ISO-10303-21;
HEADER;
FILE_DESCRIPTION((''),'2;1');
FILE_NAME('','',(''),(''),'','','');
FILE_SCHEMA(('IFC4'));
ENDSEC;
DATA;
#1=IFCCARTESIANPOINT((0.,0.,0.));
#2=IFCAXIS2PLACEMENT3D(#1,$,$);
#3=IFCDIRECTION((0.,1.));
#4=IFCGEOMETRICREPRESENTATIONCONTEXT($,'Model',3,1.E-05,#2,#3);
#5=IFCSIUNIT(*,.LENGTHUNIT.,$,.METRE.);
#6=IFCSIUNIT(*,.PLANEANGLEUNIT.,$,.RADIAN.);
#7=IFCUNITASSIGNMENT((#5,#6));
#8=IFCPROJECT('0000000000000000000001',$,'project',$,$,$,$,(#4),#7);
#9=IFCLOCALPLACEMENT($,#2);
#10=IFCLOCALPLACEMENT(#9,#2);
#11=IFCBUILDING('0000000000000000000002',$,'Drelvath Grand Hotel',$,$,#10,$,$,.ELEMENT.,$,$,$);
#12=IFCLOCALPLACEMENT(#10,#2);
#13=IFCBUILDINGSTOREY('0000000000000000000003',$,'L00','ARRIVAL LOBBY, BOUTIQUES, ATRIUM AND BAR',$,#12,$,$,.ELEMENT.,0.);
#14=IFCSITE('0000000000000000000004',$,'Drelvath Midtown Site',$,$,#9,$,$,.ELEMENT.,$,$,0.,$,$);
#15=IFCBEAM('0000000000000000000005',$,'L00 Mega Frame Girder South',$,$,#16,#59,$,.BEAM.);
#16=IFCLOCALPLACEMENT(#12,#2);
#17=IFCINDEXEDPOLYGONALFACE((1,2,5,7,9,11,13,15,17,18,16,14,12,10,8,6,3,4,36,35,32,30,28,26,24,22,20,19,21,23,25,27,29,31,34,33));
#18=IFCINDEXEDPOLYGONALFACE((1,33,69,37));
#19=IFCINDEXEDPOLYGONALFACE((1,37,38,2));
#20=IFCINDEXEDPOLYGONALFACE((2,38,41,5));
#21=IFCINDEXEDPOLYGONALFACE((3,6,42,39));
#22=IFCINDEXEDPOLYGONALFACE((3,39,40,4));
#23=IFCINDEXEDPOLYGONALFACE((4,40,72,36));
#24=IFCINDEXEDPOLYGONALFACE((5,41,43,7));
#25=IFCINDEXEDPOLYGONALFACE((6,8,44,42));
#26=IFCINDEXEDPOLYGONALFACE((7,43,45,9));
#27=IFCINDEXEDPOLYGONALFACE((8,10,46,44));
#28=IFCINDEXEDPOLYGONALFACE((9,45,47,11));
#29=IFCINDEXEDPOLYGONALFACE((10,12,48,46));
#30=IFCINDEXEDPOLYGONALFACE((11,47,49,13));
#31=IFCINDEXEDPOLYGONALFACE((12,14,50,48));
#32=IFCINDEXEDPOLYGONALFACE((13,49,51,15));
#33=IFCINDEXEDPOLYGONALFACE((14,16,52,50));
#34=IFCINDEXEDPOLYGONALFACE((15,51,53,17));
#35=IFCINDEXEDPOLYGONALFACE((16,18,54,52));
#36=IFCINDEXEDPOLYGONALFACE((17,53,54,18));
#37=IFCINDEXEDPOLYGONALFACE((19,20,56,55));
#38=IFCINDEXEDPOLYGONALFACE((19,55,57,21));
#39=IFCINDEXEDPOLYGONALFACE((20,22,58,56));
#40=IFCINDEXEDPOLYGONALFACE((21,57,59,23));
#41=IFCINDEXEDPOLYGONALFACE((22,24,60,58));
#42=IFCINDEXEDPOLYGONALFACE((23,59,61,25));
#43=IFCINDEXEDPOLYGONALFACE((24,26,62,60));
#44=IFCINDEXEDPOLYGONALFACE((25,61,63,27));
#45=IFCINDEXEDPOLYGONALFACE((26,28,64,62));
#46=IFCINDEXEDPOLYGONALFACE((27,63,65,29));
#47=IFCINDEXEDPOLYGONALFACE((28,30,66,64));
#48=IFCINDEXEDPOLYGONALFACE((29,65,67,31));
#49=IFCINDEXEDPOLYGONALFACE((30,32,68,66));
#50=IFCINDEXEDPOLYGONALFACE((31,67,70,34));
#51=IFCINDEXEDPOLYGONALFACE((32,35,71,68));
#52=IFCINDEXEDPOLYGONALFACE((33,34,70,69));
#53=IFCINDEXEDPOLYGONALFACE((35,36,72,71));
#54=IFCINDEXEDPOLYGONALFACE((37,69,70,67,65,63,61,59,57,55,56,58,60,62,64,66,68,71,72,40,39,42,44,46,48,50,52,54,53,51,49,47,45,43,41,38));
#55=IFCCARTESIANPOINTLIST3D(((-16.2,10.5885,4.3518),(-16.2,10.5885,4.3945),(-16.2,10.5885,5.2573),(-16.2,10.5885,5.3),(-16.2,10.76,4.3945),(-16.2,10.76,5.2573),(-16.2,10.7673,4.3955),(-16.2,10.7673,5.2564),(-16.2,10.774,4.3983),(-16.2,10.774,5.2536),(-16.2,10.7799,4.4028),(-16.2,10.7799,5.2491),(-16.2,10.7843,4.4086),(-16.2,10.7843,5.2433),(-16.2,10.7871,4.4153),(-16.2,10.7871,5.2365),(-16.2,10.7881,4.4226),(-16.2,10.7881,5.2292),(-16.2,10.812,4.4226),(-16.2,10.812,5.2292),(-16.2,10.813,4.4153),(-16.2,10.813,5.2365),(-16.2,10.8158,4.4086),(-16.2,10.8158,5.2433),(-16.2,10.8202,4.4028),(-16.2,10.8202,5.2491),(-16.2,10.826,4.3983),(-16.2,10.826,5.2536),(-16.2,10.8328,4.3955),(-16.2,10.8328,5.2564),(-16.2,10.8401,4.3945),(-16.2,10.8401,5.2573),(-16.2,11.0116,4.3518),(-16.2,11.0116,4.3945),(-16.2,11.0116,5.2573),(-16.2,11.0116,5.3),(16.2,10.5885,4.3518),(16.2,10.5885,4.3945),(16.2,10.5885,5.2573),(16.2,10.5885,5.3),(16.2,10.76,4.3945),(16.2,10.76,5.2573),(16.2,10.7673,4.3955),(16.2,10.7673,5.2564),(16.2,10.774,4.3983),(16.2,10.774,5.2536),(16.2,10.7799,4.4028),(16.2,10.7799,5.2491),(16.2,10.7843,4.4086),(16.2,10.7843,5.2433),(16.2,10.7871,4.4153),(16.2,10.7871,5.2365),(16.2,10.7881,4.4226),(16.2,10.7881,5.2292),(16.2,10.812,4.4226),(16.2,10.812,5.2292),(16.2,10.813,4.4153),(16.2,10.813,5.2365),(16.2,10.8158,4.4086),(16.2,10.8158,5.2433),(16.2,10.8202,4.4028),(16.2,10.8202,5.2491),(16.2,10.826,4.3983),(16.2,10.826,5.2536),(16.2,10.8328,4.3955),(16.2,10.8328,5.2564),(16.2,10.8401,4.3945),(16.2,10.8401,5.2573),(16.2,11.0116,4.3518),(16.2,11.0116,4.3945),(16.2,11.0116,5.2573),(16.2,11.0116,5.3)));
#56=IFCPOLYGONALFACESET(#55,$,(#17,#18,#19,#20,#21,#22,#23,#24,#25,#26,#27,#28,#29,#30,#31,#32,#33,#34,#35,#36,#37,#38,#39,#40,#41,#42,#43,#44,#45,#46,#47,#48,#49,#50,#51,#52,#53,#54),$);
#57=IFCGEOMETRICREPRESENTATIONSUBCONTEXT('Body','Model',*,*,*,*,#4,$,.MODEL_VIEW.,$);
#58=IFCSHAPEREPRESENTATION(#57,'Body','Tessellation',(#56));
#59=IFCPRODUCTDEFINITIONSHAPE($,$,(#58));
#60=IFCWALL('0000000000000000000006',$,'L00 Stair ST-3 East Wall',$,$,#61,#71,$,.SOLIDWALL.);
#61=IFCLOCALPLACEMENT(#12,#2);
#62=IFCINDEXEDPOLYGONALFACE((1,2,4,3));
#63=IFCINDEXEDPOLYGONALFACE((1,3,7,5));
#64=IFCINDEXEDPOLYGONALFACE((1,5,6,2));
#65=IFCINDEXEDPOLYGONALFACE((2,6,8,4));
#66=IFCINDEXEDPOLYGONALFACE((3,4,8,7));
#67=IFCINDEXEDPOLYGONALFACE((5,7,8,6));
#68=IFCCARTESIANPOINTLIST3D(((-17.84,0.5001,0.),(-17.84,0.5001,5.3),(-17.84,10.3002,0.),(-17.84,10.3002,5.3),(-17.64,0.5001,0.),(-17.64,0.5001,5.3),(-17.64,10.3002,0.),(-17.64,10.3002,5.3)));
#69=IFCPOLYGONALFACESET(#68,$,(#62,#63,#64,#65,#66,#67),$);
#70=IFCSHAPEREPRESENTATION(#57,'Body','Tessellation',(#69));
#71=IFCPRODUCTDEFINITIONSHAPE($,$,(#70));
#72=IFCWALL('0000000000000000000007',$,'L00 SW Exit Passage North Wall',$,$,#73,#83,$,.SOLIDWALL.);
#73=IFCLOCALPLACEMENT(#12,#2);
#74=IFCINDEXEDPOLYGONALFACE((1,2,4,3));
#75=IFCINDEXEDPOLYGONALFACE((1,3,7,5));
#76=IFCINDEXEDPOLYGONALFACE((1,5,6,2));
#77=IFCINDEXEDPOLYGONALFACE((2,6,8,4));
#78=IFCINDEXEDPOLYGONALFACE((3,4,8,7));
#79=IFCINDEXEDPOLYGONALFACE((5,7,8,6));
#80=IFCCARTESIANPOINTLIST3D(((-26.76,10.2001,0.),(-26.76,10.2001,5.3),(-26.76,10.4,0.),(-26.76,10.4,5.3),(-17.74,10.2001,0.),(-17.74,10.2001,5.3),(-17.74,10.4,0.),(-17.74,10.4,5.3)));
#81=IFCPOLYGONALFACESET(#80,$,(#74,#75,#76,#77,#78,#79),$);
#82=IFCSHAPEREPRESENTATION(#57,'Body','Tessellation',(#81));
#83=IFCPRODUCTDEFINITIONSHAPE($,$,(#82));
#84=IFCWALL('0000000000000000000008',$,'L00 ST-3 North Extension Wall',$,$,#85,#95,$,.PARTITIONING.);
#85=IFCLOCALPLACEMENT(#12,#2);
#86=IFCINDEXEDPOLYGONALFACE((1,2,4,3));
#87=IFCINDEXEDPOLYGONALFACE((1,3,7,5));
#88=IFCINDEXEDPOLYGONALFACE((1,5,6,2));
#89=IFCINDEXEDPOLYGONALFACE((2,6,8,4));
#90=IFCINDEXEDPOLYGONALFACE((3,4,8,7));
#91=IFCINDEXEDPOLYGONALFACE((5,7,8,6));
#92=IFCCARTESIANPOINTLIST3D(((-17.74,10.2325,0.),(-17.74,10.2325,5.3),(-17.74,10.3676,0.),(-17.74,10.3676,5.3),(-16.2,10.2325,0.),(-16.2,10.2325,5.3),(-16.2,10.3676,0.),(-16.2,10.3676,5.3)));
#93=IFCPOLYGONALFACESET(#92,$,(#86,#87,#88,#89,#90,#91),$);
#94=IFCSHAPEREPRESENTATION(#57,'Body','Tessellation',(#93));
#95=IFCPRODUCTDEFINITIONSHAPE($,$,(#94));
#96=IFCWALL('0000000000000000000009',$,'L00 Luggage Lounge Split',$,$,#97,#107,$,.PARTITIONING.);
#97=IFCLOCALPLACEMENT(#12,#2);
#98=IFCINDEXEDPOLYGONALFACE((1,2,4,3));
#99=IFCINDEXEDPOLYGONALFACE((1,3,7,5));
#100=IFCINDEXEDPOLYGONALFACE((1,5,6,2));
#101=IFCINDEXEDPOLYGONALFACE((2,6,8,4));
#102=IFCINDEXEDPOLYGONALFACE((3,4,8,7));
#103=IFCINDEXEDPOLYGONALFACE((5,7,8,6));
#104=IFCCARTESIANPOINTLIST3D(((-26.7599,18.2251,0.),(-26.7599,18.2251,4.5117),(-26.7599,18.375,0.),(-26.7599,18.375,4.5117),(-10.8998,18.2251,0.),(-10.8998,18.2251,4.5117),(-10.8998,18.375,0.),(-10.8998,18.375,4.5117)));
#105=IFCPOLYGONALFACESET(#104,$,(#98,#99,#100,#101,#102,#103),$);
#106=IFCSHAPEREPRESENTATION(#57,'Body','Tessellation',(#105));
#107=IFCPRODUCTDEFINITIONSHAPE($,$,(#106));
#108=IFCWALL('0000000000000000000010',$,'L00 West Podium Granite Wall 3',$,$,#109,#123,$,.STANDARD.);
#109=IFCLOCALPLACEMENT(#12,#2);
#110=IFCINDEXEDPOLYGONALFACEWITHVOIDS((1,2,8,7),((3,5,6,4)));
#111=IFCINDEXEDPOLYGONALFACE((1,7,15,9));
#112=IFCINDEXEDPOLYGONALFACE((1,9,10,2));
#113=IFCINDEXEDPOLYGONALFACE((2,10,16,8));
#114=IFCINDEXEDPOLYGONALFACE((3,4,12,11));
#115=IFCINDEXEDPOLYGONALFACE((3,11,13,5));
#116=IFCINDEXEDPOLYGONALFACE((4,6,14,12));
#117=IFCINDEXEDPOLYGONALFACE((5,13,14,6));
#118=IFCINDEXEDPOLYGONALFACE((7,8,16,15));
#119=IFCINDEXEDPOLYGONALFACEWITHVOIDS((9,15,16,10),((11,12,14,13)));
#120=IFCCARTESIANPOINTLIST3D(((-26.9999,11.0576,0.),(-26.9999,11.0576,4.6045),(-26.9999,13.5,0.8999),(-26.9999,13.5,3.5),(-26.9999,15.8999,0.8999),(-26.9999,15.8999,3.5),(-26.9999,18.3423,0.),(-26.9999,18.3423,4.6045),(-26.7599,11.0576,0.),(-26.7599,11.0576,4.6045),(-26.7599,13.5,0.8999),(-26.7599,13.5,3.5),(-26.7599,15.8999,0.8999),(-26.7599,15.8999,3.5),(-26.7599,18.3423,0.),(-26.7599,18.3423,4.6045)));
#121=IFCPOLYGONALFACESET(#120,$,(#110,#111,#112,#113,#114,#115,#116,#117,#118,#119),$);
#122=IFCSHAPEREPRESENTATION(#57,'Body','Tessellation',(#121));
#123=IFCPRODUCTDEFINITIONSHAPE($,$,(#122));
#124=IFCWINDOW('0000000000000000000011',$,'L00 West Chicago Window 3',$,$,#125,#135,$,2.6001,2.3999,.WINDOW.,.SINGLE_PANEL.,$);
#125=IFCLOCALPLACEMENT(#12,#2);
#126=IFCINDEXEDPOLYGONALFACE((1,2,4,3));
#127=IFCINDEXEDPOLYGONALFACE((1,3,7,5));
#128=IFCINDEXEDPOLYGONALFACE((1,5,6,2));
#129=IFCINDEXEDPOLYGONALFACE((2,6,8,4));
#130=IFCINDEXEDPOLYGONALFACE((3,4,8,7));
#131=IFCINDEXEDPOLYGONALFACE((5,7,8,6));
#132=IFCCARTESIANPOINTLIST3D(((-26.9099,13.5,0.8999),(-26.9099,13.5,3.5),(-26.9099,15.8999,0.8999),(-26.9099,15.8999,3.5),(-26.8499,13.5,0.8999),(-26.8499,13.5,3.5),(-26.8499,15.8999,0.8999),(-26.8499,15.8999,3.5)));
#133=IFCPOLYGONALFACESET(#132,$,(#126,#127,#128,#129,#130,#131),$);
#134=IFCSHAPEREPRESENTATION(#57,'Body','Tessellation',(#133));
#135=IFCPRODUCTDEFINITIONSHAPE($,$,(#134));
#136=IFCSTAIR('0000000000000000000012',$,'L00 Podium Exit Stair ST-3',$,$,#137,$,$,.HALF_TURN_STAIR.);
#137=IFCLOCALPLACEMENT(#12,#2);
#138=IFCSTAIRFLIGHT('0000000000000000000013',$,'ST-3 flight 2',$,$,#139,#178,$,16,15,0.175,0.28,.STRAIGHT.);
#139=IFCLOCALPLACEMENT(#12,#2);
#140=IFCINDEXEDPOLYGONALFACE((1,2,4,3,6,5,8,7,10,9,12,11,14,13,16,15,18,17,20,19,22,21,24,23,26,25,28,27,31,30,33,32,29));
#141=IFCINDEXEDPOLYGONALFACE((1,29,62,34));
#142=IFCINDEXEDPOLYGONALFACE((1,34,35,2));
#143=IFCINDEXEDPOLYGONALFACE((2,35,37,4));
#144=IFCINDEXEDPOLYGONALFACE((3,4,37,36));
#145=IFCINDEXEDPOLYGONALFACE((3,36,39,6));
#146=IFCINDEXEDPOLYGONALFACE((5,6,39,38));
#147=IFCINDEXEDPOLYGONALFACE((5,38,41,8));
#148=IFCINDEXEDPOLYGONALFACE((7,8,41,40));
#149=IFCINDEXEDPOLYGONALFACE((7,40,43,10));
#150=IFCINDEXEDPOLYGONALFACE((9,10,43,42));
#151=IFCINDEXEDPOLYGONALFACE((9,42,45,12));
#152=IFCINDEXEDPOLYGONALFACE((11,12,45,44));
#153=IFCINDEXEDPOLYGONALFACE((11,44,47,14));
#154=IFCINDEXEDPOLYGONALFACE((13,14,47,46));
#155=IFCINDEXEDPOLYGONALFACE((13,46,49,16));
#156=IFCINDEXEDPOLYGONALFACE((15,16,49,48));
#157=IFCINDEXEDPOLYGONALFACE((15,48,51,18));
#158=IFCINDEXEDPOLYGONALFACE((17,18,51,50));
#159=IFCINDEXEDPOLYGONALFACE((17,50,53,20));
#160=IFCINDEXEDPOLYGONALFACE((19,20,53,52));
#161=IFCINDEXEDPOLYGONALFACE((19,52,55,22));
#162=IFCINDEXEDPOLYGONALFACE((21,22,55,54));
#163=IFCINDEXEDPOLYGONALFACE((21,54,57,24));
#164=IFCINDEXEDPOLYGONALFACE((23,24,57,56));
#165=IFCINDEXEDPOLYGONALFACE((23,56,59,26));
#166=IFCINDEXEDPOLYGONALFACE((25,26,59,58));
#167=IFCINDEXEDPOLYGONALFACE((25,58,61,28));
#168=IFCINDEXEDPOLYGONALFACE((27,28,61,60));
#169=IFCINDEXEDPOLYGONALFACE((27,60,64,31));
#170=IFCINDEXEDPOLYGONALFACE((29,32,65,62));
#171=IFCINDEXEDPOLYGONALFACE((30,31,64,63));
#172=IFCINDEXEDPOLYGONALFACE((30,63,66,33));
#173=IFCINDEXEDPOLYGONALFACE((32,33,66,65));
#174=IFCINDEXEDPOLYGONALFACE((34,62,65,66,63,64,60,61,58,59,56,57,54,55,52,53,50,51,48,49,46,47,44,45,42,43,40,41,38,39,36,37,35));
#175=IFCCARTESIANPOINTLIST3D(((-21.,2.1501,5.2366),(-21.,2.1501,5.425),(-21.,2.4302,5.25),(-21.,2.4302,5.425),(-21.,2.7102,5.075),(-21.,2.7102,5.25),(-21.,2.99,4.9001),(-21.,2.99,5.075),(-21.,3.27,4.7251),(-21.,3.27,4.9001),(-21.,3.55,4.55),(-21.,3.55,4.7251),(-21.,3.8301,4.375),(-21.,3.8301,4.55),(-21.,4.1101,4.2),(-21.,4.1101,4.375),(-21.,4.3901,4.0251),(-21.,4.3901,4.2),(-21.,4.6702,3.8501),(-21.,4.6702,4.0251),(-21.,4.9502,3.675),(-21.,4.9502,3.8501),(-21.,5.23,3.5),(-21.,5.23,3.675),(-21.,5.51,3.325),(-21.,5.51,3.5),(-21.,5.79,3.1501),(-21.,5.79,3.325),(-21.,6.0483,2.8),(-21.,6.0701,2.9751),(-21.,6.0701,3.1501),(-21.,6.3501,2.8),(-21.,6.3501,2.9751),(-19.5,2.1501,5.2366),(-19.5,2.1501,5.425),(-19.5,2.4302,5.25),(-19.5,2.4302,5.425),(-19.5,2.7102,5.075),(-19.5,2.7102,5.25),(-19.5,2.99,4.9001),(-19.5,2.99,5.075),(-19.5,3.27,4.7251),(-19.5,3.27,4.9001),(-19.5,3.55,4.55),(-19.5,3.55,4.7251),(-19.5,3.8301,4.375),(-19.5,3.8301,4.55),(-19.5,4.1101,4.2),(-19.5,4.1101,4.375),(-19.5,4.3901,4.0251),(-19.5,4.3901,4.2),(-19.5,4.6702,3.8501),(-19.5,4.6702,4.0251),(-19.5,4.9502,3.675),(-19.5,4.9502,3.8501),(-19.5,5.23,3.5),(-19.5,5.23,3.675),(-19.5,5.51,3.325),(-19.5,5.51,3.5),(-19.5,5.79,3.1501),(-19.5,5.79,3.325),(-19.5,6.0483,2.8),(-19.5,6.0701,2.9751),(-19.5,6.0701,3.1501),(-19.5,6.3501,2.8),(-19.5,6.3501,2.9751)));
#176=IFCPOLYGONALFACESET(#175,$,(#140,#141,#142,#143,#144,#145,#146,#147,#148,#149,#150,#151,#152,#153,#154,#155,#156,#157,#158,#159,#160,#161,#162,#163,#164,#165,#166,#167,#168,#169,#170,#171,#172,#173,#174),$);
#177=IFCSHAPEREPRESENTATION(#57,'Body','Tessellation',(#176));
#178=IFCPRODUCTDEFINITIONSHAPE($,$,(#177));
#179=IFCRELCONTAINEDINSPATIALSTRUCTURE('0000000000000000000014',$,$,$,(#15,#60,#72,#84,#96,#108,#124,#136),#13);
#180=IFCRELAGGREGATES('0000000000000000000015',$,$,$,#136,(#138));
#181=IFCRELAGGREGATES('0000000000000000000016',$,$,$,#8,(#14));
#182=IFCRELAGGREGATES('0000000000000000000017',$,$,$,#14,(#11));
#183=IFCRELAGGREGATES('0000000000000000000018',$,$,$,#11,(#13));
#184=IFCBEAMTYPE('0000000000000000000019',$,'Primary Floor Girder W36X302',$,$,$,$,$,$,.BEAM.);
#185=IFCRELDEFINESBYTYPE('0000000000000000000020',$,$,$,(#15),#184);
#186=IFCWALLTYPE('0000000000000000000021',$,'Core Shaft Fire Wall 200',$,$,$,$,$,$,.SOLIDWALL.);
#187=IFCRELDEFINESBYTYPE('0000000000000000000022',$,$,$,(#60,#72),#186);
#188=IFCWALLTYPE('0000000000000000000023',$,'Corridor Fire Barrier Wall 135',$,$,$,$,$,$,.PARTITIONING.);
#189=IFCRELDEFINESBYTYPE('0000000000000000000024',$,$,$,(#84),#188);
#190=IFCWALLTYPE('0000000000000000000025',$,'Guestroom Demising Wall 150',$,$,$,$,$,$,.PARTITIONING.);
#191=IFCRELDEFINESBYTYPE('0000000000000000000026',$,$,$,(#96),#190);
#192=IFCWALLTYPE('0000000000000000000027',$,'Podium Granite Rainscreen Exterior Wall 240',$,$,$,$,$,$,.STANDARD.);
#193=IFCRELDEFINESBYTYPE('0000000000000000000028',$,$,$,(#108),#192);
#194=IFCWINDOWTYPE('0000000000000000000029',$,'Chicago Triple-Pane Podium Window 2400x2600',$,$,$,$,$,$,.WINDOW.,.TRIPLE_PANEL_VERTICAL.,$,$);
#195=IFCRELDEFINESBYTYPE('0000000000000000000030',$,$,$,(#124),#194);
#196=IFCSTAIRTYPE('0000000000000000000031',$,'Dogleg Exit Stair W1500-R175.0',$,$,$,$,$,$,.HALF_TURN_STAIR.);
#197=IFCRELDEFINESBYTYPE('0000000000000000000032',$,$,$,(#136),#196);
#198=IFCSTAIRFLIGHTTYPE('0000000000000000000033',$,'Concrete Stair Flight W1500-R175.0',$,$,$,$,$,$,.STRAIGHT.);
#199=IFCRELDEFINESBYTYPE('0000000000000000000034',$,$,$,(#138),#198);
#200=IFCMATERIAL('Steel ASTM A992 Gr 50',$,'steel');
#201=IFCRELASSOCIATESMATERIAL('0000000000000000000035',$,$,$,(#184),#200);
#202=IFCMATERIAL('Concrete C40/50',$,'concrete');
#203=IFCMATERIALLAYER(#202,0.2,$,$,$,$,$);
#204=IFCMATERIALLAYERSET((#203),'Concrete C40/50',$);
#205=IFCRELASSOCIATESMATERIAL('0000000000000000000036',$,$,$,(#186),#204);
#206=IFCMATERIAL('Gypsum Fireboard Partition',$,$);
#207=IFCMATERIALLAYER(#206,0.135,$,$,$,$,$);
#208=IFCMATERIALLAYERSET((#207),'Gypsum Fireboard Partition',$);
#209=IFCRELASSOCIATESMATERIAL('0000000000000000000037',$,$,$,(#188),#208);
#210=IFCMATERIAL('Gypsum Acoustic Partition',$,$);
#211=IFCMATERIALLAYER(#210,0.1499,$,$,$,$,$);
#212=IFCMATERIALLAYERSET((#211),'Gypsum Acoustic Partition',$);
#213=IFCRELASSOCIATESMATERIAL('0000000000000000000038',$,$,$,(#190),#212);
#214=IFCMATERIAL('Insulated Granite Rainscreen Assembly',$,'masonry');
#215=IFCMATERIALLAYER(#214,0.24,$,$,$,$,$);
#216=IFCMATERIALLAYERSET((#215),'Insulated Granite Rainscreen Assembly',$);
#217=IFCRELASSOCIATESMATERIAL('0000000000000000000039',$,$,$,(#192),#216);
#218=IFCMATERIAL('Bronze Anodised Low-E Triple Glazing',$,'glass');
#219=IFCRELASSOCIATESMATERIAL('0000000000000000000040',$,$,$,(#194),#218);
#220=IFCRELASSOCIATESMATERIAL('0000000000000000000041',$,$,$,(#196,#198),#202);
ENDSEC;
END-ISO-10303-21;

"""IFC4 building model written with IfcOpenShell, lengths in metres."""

from ifc_helpers import new_model, si_unit, direction, frame, frame_2d, origin, origin_2d, place, context, subcontext, project, spatial, polyline, rectangle, i_section, outline, extrude, material, layer, layer_set, material_profile, profile_set, type_object, element, fill, aggregate, save


model = new_model("IFC4")

# Units and contexts
model_context = context("Model", 3, precision=1e-05, world=origin(), true_north=direction((0.0, 1.0)))
body_context = subcontext(model_context, "Body", "Model", "MODEL_VIEW")
ifc_project = project(units=[si_unit("LENGTHUNIT", "METRE"), si_unit("PLANEANGLEUNIT", "RADIAN")], contexts=[model_context])

# Site, building, storey
site_placement = place(None, origin())
site = spatial("IfcSite", under=ifc_project, at=site_placement, Name="Drelvath Midtown Site", CompositionType="ELEMENT", RefElevation=0.0)
building_placement = place(site_placement, origin())
building = spatial("IfcBuilding", under=site, at=building_placement, Name="Drelvath Grand Hotel", CompositionType="ELEMENT")
storey_placement = place(building_placement, origin())
storey = spatial("IfcBuildingStorey", under=building, at=storey_placement, Name="L00", Description="ARRIVAL LOBBY, BOUTIQUES, ATRIUM AND BAR", CompositionType="ELEMENT", Elevation=0.0)

# Beam
ifc_material_1 = material(Name="Steel ASTM A992 Gr 50", Category="steel")
ifc_material_profile_1 = material_profile(ifc_material_1, i_section(OverallWidth=0.4231, OverallDepth=0.9482, WebThickness=0.0239, FlangeThickness=0.0427, FilletRadius=0.0281, at=origin_2d()), Name="W36X302")
ifc_profile_set_1 = profile_set([ifc_material_profile_1], Name="Steel ASTM A992 Gr 50")
beam_type_1 = type_object("IfcBeamType", Name="Primary Floor Girder W36X302", PredefinedType="BEAM", material=ifc_profile_set_1)
beam_1_placement = place(storey_placement, frame((-16.2, 10.8, 4.8259), z_axis=(1.0, 0.0, 0.0), x_axis=(0.0, 1.0, 0.0)))
element("IfcBeam", 1, at=beam_1_placement, inside=storey, type_object=beam_type_1, Name="L00 Mega Frame Girder South", PredefinedType="BEAM", context=body_context, shape_type="SweptSolid", body=[
    extrude(i_section(OverallWidth=0.4231, OverallDepth=0.9482, WebThickness=0.0239, FlangeThickness=0.0427, FilletRadius=0.0281, at=origin_2d()), origin(), (0.0, 0.0, 1.0), 32.3999),
])

# Walls
ifc_material_2 = material(Name="Concrete C40/50", Category="concrete")
ifc_layer_1 = layer(ifc_material_2, 0.2)
ifc_layer_set_1 = layer_set([ifc_layer_1], Name="Concrete C40/50")
wall_type_1 = type_object("IfcWallType", Name="Core Shaft Fire Wall 200", PredefinedType="SOLIDWALL", material=ifc_layer_set_1)
wall_1_placement = place(storey_placement, frame((-17.74, 10.3, 0.0), z_axis=(0.0, 0.0, 1.0), x_axis=(0.0, -1.0, 0.0)))
element("IfcWall", 2, at=wall_1_placement, inside=storey, type_object=wall_type_1, Name="L00 Stair ST-3 East Wall", PredefinedType="SOLIDWALL", context=body_context, shape_type="SweptSolid", body=[
    extrude(rectangle(XDim=9.8, YDim=0.2, at=frame_2d((4.8999, 0.0))), origin(), (0.0, 0.0, 1.0), 5.3),
])
wall_2_placement = place(storey_placement, frame((-26.76, 10.3, 0.0), z_axis=(0.0, 0.0, 1.0), x_axis=(1.0, 0.0, 0.0)))
element("IfcWall", 3, at=wall_2_placement, inside=storey, type_object=wall_type_1, Name="L00 SW Exit Passage North Wall", PredefinedType="SOLIDWALL", context=body_context, shape_type="SweptSolid", body=[
    extrude(rectangle(XDim=9.02, YDim=0.2, at=frame_2d((4.51, 0.0))), origin(), (0.0, 0.0, 1.0), 5.3),
])
ifc_material_3 = material(Name="Gypsum Fireboard Partition")
ifc_layer_2 = layer(ifc_material_3, 0.135)
ifc_layer_set_2 = layer_set([ifc_layer_2], Name="Gypsum Fireboard Partition")
wall_type_2 = type_object("IfcWallType", Name="Corridor Fire Barrier Wall 135", PredefinedType="PARTITIONING", material=ifc_layer_set_2)
wall_3_placement = place(storey_placement, frame((-17.74, 10.3, 0.0), z_axis=(0.0, 0.0, 1.0), x_axis=(1.0, 0.0, 0.0)))
element("IfcWall", 4, at=wall_3_placement, inside=storey, type_object=wall_type_2, Name="L00 ST-3 North Extension Wall", PredefinedType="PARTITIONING", context=body_context, shape_type="SweptSolid", body=[
    extrude(rectangle(XDim=1.54, YDim=0.135, at=frame_2d((0.77, 0.0))), origin(), (0.0, 0.0, 1.0), 5.3),
])
ifc_material_4 = material(Name="Gypsum Acoustic Partition")
ifc_layer_3 = layer(ifc_material_4, 0.1499)
ifc_layer_set_3 = layer_set([ifc_layer_3], Name="Gypsum Acoustic Partition")
wall_type_3 = type_object("IfcWallType", Name="Guestroom Demising Wall 150", PredefinedType="PARTITIONING", material=ifc_layer_set_3)
wall_4_placement = place(storey_placement, frame((-26.76, 18.3, 0.0), z_axis=(0.0, 0.0, 1.0), x_axis=(1.0, 0.0, 0.0)))
element("IfcWall", 5, at=wall_4_placement, inside=storey, type_object=wall_type_3, Name="L00 Luggage Lounge Split", PredefinedType="PARTITIONING", context=body_context, shape_type="SweptSolid", body=[
    extrude(rectangle(XDim=15.8601, YDim=0.1499, at=frame_2d((7.9302, 0.0))), origin(), (0.0, 0.0, 1.0), 4.5117),
])

# Shared definitions
ifc_material_5 = material(Name="Insulated Granite Rainscreen Assembly", Category="masonry")
ifc_layer_4 = layer(ifc_material_5, 0.24)
ifc_layer_set_4 = layer_set([ifc_layer_4], Name="Insulated Granite Rainscreen Assembly")
wall_type_4 = type_object("IfcWallType", Name="Podium Granite Rainscreen Exterior Wall 240", PredefinedType="STANDARD", material=ifc_layer_set_4)

# Wall, opening, window
wall_5_placement = place(storey_placement, frame((-26.8799, 11.0576, 0.0), z_axis=(0.0, 0.0, 1.0), x_axis=(0.0, 1.0, 0.0)))
wall_5 = element("IfcWall", 6, at=wall_5_placement, inside=storey, type_object=wall_type_4, Name="L00 West Podium Granite Wall 3", PredefinedType="STANDARD", context=body_context, shape_type="SweptSolid", body=[
    extrude(rectangle(XDim=7.2847, YDim=0.24, at=frame_2d((3.6423, 0.0))), origin(), (0.0, 0.0, 1.0), 4.6045),
])
opening_1_placement = place(wall_5_placement, frame((2.4424, 0.0, 0.8999)))
opening_1 = element("IfcOpeningElement", 7, at=opening_1_placement, cuts=wall_5, PredefinedType="OPENING", context=body_context, shape_type="SweptSolid", body=[
    extrude(rectangle(XDim=2.3999, YDim=2.6001, at=frame_2d((1.2, 1.3))), frame((0.0, 0.1299, 0.0), z_axis=(0.0, -1.0, 0.0), x_axis=(1.0, 0.0, 0.0)), (0.0, 0.0, 1.0), 0.26),
])
ifc_material_6 = material(Name="Bronze Anodised Low-E Triple Glazing", Category="glass")
window_type = type_object("IfcWindowType", Name="Chicago Triple-Pane Podium Window 2400x2600", PartitioningType="TRIPLE_PANEL_VERTICAL", PredefinedType="WINDOW", material=ifc_material_6)
window_placement = place(opening_1_placement, origin())
window = element("IfcWindow", 8, at=window_placement, inside=storey, type_object=window_type, Name="L00 West Chicago Window 3", OverallHeight=2.6001, OverallWidth=2.3999, PartitioningType="SINGLE_PANEL", PredefinedType="WINDOW", context=body_context, shape_type="SweptSolid", body=[
    extrude(rectangle(XDim=2.3999, YDim=2.6001, at=frame_2d((1.2, 1.3))), frame((0.0, 0.03, 0.0), z_axis=(0.0, -1.0, 0.0), x_axis=(1.0, 0.0, 0.0)), (0.0, 0.0, 1.0), 0.0601),
])
fill(opening_1, window)

# Stair, stair flight
stair_type = type_object("IfcStairType", Name="Dogleg Exit Stair W1500-R175.0", PredefinedType="HALF_TURN_STAIR", material=ifc_material_2)
stair_placement = place(storey_placement, origin())
stair = element("IfcStair", 9, at=stair_placement, inside=storey, type_object=stair_type, Name="L00 Podium Exit Stair ST-3", PredefinedType="HALF_TURN_STAIR")
stair_flight_type = type_object("IfcStairFlightType", Name="Concrete Stair Flight W1500-R175.0", PredefinedType="STRAIGHT", material=ifc_material_2)
stair_flight_placement = place(storey_placement, frame((-20.25, 6.3501, 2.8), z_axis=(0.0, 0.0, 1.0), x_axis=(0.0, -1.0, 0.0)))
stair_flight = element("IfcStairFlight", 10, at=stair_flight_placement, type_object=stair_flight_type, Name="ST-3 flight 2", NumberOfRisers=16, NumberOfTreads=15, PredefinedType="STRAIGHT", RiserHeight=0.175, TreadLength=0.28, context=body_context, shape_type="SweptSolid", body=[
    extrude(outline(polyline([(0.0, 0.0), (0.0, 0.175), (0.28, 0.175), (0.28, 0.3501), (0.5601, 0.3501), (0.5601, 0.5249), (0.8401, 0.5249), (0.8401, 0.7), (1.1201, 0.7), (1.1201, 0.875), (1.3999, 0.875), (1.3999, 1.05), (1.6799, 1.05), (1.6799, 1.2251), (1.96, 1.2251), (1.96, 1.3999), (2.24, 1.3999), (2.24, 1.575), (2.52, 1.575), (2.52, 1.75), (2.8, 1.75), (2.8, 1.925), (3.0801, 1.925), (3.0801, 2.1001), (3.3601, 2.1001), (3.3601, 2.2749), (3.6399, 2.2749), (3.6399, 2.45), (3.9199, 2.45), (3.9199, 2.625), (4.2, 2.625), (4.2, 2.8), (4.2, 2.4365), (0.3018, 0.0), (0.0, 0.0)])), frame((0.0, 0.75, 0.0), z_axis=(0.0, -1.0, 0.0), x_axis=(1.0, 0.0, 0.0)), (0.0, 0.0, 1.0), 1.5),
])
aggregate(stair, [stair_flight])

save(model, "model.ifc")
